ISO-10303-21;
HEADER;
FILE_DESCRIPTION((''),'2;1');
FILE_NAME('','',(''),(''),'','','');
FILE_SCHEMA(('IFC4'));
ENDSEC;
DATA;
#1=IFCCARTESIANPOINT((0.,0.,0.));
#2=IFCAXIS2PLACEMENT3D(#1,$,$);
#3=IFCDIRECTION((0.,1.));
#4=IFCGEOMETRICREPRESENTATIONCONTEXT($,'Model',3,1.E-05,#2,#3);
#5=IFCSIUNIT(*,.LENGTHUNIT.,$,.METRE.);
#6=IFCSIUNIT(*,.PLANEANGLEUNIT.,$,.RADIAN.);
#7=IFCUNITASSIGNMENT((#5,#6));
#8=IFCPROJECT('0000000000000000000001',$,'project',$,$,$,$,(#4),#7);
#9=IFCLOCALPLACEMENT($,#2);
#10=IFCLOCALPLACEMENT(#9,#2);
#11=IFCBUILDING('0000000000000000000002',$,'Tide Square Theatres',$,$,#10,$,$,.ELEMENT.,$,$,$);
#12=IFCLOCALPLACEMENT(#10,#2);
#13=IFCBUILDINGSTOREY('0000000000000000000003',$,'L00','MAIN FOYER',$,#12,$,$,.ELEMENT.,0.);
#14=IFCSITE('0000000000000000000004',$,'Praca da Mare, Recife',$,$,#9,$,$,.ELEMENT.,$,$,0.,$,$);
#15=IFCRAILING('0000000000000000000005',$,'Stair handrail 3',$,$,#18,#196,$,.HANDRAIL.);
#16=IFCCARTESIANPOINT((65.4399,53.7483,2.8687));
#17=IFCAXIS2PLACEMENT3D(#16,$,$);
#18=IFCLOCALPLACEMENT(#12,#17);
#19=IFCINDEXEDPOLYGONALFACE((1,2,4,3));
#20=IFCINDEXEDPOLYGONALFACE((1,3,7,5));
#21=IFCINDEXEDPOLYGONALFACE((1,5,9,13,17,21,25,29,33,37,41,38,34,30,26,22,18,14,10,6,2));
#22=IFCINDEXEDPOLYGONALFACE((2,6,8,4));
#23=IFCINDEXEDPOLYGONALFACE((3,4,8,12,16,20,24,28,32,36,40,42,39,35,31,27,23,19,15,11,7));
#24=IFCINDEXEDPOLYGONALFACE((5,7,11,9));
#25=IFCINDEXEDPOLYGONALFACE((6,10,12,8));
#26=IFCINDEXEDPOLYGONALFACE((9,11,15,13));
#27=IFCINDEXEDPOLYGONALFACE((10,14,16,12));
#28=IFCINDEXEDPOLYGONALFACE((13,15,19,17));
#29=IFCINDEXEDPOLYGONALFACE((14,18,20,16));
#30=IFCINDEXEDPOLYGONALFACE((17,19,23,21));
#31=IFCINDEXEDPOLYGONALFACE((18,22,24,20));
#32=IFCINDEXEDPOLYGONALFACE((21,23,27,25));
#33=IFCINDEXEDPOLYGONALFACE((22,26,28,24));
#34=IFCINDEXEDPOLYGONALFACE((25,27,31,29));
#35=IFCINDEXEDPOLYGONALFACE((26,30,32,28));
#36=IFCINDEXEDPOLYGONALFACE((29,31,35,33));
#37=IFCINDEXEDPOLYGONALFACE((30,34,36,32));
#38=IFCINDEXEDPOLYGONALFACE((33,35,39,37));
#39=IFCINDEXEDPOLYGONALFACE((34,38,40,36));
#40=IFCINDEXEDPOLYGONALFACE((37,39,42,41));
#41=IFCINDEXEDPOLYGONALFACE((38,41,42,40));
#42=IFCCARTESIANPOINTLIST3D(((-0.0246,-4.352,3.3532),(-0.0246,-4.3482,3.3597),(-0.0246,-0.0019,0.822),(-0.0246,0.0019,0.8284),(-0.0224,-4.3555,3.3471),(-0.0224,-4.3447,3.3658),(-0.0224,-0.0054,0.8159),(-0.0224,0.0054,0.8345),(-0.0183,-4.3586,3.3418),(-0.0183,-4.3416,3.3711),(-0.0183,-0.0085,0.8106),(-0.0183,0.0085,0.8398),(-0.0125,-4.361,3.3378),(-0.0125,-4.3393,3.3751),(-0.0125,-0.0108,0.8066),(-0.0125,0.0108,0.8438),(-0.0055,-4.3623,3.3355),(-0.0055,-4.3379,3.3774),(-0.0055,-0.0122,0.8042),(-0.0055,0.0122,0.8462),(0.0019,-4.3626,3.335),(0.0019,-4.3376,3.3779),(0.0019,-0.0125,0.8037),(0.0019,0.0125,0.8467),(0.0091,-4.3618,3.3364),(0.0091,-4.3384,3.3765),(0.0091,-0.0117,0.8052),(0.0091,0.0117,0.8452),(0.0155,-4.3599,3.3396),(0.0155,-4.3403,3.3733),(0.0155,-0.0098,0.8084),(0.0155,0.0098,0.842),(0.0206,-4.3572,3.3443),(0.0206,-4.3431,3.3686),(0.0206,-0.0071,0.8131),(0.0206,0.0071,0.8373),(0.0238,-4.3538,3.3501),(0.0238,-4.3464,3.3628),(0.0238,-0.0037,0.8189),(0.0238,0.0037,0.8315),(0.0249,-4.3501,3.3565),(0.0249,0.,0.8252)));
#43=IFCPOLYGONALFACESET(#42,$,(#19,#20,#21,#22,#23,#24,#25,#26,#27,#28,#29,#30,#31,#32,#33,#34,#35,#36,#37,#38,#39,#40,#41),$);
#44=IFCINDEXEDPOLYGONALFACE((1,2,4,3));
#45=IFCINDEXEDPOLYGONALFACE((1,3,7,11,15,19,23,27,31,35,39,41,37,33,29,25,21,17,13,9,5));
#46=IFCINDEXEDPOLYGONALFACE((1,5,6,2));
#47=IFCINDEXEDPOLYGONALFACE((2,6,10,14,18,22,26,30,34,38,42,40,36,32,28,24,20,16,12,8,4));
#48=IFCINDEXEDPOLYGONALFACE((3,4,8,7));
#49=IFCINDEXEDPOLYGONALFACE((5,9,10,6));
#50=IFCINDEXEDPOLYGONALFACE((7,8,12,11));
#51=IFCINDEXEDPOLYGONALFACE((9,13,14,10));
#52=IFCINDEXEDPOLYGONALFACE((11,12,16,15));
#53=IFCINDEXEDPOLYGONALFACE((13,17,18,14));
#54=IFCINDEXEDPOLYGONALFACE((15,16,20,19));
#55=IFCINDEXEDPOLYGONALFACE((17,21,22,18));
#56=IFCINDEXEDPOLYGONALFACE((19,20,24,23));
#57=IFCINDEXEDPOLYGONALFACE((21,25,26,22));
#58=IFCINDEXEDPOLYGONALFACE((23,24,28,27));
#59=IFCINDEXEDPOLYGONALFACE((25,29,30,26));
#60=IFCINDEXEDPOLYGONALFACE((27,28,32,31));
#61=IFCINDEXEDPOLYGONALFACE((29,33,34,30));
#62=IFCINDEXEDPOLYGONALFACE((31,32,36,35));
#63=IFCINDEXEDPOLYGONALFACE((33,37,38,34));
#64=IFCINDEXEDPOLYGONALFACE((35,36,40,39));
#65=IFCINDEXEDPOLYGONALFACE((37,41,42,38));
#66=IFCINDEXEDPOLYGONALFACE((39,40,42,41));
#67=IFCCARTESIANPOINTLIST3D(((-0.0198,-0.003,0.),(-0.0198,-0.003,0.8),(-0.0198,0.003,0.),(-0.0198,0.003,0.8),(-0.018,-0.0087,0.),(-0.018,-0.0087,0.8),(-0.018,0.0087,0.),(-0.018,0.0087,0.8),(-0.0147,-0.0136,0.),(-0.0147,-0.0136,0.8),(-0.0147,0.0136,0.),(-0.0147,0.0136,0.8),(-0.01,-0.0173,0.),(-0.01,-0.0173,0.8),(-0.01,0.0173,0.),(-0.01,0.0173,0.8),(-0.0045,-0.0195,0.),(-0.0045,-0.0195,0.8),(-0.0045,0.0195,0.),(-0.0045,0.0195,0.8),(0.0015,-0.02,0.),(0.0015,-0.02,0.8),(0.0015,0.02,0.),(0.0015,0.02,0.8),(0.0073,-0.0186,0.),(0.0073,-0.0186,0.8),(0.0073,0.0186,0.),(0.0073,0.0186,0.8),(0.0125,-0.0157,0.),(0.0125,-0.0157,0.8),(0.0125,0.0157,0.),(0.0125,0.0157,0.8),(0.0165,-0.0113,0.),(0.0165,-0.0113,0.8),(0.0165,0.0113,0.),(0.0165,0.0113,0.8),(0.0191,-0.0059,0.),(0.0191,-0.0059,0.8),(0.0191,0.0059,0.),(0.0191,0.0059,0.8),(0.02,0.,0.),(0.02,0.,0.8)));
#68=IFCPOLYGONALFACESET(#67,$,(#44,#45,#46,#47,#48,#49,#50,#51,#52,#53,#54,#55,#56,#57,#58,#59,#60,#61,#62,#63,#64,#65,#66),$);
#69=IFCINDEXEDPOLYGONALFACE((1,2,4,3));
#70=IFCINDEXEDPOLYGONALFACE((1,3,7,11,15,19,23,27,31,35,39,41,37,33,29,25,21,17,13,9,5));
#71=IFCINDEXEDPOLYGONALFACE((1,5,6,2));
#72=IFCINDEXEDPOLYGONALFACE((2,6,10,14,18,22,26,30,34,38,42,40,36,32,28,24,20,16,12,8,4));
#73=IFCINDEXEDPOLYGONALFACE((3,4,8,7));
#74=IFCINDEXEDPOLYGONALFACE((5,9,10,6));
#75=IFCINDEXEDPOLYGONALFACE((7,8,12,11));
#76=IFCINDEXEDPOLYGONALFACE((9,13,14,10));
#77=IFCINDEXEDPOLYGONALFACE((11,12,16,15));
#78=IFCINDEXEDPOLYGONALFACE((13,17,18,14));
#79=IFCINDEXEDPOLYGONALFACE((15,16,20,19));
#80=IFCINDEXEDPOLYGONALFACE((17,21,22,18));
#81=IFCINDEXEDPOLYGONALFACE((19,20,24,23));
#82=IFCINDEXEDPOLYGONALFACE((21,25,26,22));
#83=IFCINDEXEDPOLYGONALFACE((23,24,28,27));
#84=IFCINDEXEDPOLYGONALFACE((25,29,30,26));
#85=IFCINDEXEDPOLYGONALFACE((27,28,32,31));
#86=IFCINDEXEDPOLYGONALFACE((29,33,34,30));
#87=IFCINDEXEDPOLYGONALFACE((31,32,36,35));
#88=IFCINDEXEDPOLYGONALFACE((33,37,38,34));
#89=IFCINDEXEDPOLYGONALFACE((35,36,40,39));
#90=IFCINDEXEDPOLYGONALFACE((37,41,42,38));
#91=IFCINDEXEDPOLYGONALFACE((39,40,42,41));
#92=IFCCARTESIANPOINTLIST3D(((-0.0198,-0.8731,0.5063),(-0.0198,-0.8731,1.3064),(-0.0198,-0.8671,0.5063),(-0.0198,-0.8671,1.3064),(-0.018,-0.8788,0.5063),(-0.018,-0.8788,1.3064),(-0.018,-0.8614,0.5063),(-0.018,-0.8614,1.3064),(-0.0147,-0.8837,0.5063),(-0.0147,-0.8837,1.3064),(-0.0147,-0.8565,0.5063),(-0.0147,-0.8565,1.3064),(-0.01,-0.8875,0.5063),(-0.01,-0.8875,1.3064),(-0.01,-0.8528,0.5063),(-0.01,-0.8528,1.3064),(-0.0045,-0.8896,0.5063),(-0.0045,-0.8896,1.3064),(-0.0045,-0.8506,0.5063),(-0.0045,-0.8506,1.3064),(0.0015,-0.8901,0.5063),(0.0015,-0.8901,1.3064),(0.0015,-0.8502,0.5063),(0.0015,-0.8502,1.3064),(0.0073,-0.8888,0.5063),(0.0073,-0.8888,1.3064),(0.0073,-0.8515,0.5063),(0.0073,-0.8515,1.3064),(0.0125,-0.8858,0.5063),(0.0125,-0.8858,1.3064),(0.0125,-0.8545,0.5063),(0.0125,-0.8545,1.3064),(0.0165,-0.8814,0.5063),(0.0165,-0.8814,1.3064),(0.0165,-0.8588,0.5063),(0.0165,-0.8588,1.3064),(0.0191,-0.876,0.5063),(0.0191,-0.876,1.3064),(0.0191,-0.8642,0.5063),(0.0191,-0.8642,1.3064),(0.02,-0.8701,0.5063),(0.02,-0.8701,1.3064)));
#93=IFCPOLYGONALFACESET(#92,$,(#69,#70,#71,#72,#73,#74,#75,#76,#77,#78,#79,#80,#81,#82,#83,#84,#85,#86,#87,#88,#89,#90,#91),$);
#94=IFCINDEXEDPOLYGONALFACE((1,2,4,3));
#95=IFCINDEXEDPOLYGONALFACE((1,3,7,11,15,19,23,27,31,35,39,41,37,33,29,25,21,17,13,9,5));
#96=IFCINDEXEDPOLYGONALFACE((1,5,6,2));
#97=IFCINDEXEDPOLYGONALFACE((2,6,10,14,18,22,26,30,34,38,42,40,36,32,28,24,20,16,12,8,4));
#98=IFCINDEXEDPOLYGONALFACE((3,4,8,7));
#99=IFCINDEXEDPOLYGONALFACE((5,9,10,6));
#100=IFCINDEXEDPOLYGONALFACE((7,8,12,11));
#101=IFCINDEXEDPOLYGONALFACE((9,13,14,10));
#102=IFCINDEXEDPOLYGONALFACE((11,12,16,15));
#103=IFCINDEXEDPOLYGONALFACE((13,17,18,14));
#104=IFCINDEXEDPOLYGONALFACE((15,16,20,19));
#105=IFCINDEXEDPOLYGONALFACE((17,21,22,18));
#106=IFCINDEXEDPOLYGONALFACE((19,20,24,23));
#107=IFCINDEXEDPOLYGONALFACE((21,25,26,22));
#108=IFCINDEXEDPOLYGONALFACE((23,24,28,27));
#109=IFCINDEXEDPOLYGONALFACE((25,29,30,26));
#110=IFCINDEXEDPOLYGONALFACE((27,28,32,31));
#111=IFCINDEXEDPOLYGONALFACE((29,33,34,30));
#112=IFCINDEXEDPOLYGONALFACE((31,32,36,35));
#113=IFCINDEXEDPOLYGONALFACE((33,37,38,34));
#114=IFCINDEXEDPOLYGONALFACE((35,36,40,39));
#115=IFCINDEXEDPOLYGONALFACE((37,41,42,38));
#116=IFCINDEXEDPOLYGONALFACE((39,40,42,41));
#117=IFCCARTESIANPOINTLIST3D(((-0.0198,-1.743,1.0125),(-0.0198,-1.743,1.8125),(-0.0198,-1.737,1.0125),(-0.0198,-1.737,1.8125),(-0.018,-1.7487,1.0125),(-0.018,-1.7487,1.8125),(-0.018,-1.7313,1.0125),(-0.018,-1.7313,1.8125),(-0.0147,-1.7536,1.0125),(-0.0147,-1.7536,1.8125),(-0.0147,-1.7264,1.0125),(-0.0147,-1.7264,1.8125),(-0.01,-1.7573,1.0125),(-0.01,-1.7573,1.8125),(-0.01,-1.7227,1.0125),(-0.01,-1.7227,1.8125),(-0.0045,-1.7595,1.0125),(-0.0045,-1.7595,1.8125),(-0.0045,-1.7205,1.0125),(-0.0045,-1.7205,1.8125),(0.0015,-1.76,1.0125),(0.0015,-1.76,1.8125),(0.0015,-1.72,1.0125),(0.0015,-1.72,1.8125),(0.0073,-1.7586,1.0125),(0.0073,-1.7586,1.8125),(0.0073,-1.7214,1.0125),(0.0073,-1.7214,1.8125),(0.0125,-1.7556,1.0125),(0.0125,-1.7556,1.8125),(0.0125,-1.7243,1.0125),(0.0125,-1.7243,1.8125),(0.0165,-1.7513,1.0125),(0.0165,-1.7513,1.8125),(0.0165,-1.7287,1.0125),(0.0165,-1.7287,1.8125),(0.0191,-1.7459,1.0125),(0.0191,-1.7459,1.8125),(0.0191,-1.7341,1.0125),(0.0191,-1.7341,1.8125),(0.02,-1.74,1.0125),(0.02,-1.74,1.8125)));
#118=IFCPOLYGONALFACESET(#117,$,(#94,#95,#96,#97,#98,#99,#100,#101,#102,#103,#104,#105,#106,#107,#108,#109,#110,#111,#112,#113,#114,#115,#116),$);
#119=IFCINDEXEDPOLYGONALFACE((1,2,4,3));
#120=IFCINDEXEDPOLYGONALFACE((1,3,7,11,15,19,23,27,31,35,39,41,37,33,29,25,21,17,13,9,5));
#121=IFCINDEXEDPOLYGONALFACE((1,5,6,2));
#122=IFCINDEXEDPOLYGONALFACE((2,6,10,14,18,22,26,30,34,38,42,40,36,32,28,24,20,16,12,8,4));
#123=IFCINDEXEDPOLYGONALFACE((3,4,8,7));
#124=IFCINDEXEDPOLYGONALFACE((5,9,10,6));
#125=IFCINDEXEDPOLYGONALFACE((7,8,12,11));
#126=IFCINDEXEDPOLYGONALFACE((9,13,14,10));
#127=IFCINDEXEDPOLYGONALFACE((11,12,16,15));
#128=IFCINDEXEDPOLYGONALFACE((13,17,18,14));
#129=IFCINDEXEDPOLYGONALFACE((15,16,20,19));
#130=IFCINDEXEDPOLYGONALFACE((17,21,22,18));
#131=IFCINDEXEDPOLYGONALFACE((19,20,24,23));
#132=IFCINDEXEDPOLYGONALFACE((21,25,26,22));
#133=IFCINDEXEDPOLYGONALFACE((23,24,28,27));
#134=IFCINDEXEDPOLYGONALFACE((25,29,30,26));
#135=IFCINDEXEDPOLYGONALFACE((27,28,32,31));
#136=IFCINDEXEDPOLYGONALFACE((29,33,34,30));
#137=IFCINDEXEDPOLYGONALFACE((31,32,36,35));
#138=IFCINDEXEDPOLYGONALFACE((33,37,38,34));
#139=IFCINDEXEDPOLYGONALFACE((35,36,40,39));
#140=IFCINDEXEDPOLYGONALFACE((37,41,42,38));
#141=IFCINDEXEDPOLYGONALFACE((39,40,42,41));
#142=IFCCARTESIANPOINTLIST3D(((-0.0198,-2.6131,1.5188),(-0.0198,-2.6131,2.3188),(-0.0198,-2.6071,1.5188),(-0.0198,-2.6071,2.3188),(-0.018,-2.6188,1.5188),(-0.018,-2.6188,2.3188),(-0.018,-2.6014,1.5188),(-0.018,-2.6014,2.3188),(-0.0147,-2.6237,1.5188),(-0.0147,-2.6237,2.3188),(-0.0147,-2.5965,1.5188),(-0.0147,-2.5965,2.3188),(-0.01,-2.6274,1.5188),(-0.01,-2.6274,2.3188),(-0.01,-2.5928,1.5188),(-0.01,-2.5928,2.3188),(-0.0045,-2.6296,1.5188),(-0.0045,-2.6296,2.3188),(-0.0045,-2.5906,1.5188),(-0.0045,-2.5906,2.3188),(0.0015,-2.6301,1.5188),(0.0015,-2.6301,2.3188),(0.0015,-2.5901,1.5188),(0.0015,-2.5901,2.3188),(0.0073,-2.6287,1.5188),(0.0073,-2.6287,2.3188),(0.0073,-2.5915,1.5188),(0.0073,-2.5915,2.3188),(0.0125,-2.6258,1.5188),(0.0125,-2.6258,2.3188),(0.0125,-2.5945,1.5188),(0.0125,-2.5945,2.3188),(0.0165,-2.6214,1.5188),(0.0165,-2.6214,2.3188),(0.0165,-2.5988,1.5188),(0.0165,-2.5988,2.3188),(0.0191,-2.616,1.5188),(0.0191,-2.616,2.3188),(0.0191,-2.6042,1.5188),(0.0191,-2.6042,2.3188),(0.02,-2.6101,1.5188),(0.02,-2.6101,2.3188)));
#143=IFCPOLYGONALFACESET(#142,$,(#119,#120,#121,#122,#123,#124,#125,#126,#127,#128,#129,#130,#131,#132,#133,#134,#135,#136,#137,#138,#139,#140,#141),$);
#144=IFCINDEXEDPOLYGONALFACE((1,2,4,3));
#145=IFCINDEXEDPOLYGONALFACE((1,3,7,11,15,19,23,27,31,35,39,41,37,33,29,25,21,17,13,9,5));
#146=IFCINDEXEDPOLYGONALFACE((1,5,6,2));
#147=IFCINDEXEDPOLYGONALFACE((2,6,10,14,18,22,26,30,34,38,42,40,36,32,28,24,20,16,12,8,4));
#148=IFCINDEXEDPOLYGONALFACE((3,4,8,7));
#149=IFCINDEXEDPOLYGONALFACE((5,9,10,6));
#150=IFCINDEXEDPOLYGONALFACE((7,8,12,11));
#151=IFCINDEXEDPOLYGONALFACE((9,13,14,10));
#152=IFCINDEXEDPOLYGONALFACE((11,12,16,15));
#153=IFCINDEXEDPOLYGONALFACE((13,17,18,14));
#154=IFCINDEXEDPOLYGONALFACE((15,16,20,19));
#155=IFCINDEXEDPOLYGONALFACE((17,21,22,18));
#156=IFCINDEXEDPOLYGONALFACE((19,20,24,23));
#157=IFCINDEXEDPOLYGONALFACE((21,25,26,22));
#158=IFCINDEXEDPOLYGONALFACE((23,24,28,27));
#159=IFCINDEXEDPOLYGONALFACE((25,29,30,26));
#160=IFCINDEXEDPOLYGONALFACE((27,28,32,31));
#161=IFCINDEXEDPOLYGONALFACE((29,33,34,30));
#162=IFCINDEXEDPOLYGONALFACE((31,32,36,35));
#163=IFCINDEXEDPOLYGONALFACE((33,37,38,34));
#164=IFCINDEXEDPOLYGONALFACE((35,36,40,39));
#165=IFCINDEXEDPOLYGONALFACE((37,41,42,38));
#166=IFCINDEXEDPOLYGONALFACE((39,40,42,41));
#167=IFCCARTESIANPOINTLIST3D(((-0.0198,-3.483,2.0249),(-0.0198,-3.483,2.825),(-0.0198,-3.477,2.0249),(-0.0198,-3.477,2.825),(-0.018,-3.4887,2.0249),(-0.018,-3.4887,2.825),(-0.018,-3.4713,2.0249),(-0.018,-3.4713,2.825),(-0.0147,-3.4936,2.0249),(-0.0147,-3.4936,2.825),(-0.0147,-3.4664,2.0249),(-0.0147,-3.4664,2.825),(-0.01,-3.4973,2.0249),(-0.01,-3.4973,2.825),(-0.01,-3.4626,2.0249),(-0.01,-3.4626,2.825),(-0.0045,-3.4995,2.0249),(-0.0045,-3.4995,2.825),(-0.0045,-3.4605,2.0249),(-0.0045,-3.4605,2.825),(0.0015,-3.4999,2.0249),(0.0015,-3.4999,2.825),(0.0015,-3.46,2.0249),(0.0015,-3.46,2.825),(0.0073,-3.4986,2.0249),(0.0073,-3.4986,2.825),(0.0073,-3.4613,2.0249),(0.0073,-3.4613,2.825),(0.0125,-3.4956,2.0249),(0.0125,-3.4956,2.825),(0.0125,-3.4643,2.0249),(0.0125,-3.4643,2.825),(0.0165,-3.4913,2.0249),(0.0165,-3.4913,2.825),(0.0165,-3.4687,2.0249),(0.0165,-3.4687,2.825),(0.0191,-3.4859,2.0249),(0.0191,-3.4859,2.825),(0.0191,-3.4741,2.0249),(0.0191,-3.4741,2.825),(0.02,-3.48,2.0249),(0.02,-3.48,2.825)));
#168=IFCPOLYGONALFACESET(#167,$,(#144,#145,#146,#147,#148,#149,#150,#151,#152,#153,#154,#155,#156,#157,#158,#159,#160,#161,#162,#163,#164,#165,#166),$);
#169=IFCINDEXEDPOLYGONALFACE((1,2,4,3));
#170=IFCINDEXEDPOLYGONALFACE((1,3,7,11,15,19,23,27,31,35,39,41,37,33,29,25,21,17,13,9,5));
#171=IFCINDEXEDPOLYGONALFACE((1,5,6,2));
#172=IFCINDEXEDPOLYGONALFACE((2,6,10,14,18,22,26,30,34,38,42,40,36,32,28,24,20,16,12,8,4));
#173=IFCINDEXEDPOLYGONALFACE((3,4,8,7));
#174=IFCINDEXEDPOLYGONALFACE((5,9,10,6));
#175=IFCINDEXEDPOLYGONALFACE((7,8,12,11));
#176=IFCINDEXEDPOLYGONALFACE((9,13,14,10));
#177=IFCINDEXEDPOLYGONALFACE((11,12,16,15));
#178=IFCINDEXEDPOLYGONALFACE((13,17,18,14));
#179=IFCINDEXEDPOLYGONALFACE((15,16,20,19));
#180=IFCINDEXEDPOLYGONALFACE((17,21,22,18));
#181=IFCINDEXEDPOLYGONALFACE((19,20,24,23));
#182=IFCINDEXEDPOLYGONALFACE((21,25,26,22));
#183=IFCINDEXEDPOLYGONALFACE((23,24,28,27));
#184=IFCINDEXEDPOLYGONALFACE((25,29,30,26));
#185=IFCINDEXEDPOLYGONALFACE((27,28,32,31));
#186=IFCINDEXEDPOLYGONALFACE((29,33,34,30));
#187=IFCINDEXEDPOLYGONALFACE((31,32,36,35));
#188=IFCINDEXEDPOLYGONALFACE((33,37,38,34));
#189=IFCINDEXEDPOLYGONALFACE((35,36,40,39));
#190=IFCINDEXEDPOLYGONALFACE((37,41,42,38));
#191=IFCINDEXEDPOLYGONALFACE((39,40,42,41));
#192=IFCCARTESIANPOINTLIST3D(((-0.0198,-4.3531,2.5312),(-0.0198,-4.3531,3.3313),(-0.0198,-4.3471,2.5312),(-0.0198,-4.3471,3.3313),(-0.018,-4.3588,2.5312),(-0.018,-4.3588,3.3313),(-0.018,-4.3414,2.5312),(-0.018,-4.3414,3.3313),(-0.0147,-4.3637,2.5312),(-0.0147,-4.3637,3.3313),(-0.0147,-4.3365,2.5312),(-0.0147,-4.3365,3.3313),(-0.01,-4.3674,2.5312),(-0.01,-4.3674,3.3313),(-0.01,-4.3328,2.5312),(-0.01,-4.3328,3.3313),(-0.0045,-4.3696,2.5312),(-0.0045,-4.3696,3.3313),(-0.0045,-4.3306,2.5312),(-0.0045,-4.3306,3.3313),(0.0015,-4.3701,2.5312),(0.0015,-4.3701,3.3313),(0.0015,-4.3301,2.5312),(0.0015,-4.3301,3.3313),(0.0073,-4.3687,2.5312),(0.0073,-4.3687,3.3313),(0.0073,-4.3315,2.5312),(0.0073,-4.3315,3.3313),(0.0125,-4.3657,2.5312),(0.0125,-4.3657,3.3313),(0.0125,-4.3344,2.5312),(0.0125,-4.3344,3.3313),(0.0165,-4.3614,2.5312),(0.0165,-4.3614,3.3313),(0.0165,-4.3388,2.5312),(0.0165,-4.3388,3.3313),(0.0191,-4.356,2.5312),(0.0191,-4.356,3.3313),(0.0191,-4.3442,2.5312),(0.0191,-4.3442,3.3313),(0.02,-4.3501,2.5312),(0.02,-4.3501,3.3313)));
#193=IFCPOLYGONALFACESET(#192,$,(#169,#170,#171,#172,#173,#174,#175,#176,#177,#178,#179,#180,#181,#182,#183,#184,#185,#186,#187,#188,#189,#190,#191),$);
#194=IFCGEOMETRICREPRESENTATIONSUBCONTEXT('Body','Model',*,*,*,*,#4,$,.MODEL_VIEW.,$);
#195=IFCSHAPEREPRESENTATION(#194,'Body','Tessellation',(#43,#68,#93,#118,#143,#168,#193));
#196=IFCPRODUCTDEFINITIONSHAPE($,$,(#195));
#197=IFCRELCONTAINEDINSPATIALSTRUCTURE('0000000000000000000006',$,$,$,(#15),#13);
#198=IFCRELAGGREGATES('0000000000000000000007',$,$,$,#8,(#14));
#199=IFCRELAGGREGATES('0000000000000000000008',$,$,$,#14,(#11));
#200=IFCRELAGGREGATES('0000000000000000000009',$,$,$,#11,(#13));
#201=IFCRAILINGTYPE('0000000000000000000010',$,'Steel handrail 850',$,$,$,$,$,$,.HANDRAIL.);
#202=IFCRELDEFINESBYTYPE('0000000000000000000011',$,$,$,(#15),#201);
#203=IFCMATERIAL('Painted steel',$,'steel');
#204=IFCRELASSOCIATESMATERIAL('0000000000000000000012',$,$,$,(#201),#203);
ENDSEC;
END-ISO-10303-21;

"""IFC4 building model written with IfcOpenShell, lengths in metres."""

from ifc_helpers import new_model, si_unit, direction, frame, origin, origin_2d, place, context, subcontext, project, spatial, circle, extrude, material, type_object, element, save


model = new_model("IFC4")

# Units and contexts
model_context = context("Model", 3, precision=1e-05, world=origin(), true_north=direction((0.0, 1.0)))
body_context = subcontext(model_context, "Body", "Model", "MODEL_VIEW")
ifc_project = project(units=[si_unit("LENGTHUNIT", "METRE"), si_unit("PLANEANGLEUNIT", "RADIAN")], contexts=[model_context])

# Site, building, storey
site_placement = place(None, origin())
site = spatial("IfcSite", under=ifc_project, at=site_placement, Name="Praca da Mare, Recife", CompositionType="ELEMENT", RefElevation=0.0)
building_placement = place(site_placement, origin())
building = spatial("IfcBuilding", under=site, at=building_placement, Name="Tide Square Theatres", CompositionType="ELEMENT")
storey_placement = place(building_placement, origin())
storey = spatial("IfcBuildingStorey", under=building, at=storey_placement, Name="L00", Description="MAIN FOYER", CompositionType="ELEMENT", Elevation=0.0)

# Railing
ifc_material_1 = material(Name="Painted steel", Category="steel")
railing_type = type_object("IfcRailingType", Name="Steel handrail 850", PredefinedType="HANDRAIL", material=ifc_material_1)
railing_placement = place(storey_placement, frame((65.4399, 53.7483, 2.8687)))
element("IfcRailing", 1, at=railing_placement, inside=storey, type_object=railing_type, Name="Stair handrail 3", PredefinedType="HANDRAIL", context=body_context, shape_type="SweptSolid", body=[
    extrude(circle(Radius=0.0249, at=origin_2d()), frame((0.0, 0.0, 0.8252), z_axis=(0.0, -0.864324, 0.502936), x_axis=(1.0, 0.0, 0.0)), (0.0, 0.0, 1.0), 5.033),
    extrude(circle(Radius=0.02, at=origin_2d()), origin(), (0.0, 0.0, 1.0), 0.8),
    extrude(circle(Radius=0.02, at=origin_2d()), frame((0.0, -0.8701, 0.5063)), (0.0, 0.0, 1.0), 0.8),
    extrude(circle(Radius=0.02, at=origin_2d()), frame((0.0, -1.74, 1.0125)), (0.0, 0.0, 1.0), 0.8),
    extrude(circle(Radius=0.02, at=origin_2d()), frame((0.0, -2.6101, 1.5188)), (0.0, 0.0, 1.0), 0.8),
    extrude(circle(Radius=0.02, at=origin_2d()), frame((0.0, -3.48, 2.0249)), (0.0, 0.0, 1.0), 0.8),
    extrude(circle(Radius=0.02, at=origin_2d()), frame((0.0, -4.3501, 2.5312)), (0.0, 0.0, 1.0), 0.8),
])

save(model, "model.ifc")
